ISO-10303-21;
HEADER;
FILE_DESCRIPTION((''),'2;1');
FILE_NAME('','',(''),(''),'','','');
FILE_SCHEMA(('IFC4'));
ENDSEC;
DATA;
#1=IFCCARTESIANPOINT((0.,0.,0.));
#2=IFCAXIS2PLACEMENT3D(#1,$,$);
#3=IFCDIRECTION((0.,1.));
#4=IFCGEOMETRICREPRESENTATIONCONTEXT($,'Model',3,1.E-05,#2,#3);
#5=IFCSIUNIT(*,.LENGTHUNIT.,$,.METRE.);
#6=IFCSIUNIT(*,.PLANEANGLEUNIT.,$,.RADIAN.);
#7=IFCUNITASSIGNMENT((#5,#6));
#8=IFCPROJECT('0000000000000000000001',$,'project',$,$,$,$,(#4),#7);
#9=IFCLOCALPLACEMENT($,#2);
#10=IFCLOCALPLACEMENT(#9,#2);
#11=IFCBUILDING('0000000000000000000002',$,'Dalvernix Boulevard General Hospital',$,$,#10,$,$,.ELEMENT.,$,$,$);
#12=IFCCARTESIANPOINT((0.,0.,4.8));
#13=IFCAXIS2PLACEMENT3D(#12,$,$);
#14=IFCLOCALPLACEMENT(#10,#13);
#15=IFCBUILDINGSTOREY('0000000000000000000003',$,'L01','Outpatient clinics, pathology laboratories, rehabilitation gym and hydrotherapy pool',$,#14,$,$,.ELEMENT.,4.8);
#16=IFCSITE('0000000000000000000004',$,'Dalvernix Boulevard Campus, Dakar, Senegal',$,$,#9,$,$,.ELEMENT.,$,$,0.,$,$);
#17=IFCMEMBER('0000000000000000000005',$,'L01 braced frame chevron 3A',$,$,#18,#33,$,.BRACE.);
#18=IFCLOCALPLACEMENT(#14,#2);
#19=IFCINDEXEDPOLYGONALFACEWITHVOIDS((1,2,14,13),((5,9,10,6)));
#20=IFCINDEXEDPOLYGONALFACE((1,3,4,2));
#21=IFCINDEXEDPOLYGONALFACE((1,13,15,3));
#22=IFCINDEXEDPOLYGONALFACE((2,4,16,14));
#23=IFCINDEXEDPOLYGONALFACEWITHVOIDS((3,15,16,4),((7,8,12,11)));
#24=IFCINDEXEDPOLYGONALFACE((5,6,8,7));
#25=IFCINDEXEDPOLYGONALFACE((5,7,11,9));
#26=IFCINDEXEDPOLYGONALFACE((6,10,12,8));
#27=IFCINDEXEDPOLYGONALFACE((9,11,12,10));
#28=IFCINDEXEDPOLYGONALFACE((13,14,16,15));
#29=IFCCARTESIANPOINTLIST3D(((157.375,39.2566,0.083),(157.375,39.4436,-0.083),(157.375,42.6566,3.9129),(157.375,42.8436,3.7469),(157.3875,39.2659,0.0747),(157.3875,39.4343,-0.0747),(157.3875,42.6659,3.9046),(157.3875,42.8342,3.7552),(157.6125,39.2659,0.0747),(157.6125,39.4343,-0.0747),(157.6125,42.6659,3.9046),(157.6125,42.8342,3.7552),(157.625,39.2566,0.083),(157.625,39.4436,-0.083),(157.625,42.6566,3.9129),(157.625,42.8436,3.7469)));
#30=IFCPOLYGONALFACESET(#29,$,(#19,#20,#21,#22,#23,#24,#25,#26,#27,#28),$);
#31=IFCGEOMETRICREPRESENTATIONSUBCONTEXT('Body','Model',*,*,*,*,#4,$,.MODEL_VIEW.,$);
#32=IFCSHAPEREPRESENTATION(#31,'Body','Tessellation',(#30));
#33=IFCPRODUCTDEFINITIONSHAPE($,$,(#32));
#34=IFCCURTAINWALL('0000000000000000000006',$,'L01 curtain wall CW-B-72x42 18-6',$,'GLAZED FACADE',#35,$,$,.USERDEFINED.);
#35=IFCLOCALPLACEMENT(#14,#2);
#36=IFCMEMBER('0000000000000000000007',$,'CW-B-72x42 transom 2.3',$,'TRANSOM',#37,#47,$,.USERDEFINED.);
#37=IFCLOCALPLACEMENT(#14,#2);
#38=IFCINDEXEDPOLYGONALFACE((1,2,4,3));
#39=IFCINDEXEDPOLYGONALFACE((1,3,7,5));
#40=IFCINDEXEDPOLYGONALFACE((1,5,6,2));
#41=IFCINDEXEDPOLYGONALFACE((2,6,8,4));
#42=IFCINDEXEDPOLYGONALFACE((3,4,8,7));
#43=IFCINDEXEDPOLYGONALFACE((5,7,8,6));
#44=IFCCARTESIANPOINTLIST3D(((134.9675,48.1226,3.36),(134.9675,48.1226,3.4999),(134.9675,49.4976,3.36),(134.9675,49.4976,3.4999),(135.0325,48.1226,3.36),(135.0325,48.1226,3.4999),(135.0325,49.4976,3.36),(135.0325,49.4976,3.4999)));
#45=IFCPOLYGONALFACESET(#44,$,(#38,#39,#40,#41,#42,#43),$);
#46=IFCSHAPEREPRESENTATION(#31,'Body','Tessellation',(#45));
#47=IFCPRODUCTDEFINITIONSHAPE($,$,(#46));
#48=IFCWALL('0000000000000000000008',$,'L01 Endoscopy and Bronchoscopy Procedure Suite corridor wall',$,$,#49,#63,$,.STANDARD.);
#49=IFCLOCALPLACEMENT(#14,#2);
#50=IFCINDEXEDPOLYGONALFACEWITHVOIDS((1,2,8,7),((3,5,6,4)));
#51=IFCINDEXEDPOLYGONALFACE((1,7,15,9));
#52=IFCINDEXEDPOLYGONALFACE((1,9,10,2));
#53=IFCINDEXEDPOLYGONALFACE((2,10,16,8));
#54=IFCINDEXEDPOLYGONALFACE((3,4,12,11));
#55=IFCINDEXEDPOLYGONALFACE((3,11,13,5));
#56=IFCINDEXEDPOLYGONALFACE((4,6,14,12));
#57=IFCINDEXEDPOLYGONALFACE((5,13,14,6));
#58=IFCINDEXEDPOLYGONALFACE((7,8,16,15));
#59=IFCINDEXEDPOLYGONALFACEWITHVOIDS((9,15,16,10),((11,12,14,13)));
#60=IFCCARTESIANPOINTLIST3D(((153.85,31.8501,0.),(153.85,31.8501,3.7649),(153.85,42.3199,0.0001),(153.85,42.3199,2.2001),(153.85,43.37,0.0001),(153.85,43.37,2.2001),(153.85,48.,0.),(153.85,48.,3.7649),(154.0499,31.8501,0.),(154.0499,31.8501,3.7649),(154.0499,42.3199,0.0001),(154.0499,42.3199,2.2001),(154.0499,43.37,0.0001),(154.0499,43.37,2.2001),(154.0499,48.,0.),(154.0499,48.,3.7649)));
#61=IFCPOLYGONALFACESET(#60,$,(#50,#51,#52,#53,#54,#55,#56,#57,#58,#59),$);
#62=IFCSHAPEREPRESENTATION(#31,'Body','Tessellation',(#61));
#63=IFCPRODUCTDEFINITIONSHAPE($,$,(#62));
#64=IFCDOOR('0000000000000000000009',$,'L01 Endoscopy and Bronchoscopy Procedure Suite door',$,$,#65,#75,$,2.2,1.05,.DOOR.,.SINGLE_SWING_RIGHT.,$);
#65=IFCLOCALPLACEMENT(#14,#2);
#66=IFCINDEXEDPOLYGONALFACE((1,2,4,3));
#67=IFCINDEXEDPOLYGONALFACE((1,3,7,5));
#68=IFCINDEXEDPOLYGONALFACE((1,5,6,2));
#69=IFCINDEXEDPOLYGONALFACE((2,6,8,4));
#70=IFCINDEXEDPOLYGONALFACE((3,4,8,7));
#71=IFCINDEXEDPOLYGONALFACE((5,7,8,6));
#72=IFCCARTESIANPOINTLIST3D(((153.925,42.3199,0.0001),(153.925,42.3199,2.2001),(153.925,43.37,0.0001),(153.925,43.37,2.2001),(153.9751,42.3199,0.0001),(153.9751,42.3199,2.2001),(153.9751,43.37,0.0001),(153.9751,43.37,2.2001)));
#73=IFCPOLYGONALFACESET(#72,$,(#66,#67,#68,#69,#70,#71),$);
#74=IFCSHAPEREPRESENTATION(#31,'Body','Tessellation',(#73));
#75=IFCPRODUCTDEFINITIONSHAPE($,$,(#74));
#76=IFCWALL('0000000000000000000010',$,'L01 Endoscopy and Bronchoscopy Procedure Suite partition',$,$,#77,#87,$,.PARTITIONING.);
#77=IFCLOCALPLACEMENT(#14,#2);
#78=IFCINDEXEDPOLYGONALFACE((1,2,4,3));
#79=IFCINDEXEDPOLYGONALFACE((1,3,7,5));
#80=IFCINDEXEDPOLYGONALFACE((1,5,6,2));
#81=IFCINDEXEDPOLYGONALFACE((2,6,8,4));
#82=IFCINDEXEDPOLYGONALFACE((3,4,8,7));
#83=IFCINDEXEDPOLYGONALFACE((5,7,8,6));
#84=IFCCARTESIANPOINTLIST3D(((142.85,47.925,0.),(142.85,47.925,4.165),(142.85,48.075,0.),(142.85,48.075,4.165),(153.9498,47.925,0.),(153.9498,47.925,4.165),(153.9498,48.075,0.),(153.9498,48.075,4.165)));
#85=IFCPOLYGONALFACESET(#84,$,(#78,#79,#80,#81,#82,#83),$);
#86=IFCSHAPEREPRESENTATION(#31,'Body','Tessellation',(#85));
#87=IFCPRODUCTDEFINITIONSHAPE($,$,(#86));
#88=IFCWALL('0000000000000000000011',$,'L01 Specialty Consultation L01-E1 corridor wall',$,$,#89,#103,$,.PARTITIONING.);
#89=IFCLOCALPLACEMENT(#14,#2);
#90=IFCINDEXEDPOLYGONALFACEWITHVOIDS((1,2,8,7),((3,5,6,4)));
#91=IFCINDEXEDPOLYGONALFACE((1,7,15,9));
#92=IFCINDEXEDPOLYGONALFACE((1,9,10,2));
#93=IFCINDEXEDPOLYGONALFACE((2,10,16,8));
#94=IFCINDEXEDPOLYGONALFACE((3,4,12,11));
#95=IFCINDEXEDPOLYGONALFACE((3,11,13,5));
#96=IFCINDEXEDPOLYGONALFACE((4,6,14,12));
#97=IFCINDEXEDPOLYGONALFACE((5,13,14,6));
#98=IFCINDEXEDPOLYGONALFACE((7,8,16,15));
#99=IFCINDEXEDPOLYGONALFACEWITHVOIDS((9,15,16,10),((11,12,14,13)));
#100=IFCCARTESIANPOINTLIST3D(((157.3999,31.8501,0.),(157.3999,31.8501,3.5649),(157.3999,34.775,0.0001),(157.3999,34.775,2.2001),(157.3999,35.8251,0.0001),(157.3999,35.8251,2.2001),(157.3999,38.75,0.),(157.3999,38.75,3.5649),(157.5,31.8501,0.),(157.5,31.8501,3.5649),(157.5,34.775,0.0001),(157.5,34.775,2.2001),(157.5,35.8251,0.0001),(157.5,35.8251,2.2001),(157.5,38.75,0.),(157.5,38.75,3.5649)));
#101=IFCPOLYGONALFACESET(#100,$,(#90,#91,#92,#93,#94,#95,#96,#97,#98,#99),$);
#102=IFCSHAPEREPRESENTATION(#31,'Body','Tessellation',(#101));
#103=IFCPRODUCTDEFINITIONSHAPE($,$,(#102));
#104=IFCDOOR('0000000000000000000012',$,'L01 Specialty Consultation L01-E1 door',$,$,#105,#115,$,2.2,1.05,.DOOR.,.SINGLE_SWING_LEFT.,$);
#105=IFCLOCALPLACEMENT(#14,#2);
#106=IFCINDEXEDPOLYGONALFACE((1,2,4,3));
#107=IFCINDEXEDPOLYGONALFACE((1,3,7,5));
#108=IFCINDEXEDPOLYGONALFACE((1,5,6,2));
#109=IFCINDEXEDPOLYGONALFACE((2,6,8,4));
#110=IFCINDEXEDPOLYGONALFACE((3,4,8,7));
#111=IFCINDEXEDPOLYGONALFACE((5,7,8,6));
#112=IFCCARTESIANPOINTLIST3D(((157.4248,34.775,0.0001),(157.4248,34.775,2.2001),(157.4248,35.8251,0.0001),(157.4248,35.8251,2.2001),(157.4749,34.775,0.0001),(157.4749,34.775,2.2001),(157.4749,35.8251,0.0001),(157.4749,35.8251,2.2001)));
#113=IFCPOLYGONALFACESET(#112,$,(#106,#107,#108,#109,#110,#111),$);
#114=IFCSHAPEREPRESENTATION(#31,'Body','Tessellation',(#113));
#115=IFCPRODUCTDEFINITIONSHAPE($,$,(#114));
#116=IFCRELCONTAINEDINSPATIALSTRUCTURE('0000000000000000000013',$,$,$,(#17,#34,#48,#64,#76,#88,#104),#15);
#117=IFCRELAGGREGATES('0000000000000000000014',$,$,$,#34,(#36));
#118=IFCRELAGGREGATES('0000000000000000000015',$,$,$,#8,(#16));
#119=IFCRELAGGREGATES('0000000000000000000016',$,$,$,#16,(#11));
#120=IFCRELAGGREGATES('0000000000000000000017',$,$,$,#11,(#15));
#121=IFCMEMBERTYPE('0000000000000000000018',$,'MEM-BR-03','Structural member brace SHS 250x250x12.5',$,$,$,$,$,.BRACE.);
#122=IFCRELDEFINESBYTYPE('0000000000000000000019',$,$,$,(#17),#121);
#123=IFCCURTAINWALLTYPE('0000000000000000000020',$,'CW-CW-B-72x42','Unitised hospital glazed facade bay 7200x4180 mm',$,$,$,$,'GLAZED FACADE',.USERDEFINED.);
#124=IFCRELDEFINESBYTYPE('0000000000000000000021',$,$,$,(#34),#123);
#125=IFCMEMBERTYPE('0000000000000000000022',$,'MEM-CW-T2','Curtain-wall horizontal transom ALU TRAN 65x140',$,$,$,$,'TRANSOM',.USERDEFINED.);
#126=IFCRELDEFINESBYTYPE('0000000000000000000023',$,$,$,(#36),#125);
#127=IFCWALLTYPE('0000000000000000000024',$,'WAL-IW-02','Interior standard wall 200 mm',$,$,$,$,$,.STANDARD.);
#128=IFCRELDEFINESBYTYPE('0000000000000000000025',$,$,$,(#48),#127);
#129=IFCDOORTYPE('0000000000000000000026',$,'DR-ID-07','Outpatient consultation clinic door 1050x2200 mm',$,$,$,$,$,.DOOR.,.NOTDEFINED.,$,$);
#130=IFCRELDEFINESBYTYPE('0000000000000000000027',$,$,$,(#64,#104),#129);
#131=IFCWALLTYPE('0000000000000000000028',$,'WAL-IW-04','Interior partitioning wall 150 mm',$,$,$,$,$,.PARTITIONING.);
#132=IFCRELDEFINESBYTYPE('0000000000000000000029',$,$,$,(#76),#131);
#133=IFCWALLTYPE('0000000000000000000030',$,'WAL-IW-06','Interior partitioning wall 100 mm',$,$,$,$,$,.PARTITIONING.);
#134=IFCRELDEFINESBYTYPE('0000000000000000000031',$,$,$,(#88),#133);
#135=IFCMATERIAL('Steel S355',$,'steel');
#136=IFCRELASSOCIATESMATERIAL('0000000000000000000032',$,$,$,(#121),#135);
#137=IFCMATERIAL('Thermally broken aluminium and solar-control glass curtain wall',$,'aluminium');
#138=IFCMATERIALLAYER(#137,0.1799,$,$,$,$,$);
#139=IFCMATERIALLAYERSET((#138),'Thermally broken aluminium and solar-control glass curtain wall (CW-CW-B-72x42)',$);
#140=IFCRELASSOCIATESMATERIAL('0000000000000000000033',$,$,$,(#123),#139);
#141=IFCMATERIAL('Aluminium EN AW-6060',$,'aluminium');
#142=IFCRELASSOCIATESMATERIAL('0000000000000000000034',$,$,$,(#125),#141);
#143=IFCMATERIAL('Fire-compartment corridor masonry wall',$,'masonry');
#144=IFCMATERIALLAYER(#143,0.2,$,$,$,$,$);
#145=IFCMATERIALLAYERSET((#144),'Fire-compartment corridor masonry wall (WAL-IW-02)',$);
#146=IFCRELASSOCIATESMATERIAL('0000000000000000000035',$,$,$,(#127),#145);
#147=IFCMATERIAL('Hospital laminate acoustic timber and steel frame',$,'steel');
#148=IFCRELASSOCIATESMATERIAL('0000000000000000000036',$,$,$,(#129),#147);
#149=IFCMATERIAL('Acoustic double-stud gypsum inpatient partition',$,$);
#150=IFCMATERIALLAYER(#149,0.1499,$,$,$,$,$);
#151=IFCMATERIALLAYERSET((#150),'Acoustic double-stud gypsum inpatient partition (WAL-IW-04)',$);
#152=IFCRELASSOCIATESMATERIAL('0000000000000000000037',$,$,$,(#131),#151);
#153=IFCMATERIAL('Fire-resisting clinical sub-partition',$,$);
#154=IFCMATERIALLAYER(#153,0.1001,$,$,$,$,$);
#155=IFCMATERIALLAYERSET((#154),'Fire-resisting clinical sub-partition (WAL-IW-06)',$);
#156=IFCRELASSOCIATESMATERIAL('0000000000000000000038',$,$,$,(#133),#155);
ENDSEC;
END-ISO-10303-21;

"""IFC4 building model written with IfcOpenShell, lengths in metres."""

from ifc_helpers import new_model, si_unit, direction, frame, frame_2d, origin, origin_2d, place, context, subcontext, project, spatial, rectangle, hollow_rectangle, extrude, material, layer, layer_set, material_profile, profile_set, type_object, element, fill, aggregate, save


model = new_model("IFC4")

# Units and contexts
model_context = context("Model", 3, precision=1e-05, world=origin(), true_north=direction((0.0, 1.0)))
body_context = subcontext(model_context, "Body", "Model", "MODEL_VIEW")
ifc_project = project(units=[si_unit("LENGTHUNIT", "METRE"), si_unit("PLANEANGLEUNIT", "RADIAN")], contexts=[model_context])

# Site, building, storey
site_placement = place(None, origin())
site = spatial("IfcSite", under=ifc_project, at=site_placement, Name="Dalvernix Boulevard Campus, Dakar, Senegal", CompositionType="ELEMENT", RefElevation=0.0)
building_placement = place(site_placement, origin())
building = spatial("IfcBuilding", under=site, at=building_placement, Name="Dalvernix Boulevard General Hospital", CompositionType="ELEMENT")
storey_placement = place(building_placement, frame((0.0, 0.0, 4.8)))
storey = spatial("IfcBuildingStorey", under=building, at=storey_placement, Name="L01", Description="Outpatient clinics, pathology laboratories, rehabilitation gym and hydrotherapy pool", CompositionType="ELEMENT", Elevation=4.8)

# Member
ifc_material_1 = material(Name="Steel S355", Category="steel")
ifc_material_profile_1 = material_profile(ifc_material_1, hollow_rectangle(XDim=0.25, YDim=0.25, WallThickness=0.0125, at=origin_2d()), Name="SHS 250x250x12.5")
ifc_profile_set_1 = profile_set([ifc_material_profile_1], Name="Steel S355")
member_type_1 = type_object("IfcMemberType", Name="MEM-BR-03", Description="Structural member brace SHS 250x250x12.5", PredefinedType="BRACE", material=ifc_profile_set_1)
member_1_placement = place(storey_placement, frame((157.5, 39.3501, 0.0), z_axis=(0.0, 0.663884, 0.747835), x_axis=(-1.0, 0.0, 0.0)))
element("IfcMember", 1, at=member_1_placement, inside=storey, type_object=member_type_1, Name="L01 braced frame chevron 3A", PredefinedType="BRACE", context=body_context, shape_type="SweptSolid", body=[
    extrude(hollow_rectangle(XDim=0.25, YDim=0.25, WallThickness=0.0125, at=origin_2d()), origin(), (0.0, 0.0, 1.0), 5.1213),
])

# Curtain wall, member
ifc_material_2 = material(Name="Thermally broken aluminium and solar-control glass curtain wall", Category="aluminium")
ifc_layer_1 = layer(ifc_material_2, 0.1799)
ifc_layer_set_1 = layer_set([ifc_layer_1], Name="Thermally broken aluminium and solar-control glass curtain wall (CW-CW-B-72x42)")
curtain_wall_type = type_object("IfcCurtainWallType", Name="CW-CW-B-72x42", Description="Unitised hospital glazed facade bay 7200x4180 mm", ElementType="GLAZED FACADE", PredefinedType="USERDEFINED", material=ifc_layer_set_1)
curtain_wall_placement = place(storey_placement, origin())
curtain_wall = element("IfcCurtainWall", 2, at=curtain_wall_placement, inside=storey, type_object=curtain_wall_type, Name="L01 curtain wall CW-B-72x42 18-6", ObjectType="GLAZED FACADE", PredefinedType="USERDEFINED")
ifc_material_3 = material(Name="Aluminium EN AW-6060", Category="aluminium")
ifc_material_profile_2 = material_profile(ifc_material_3, rectangle(XDim=0.0649, YDim=0.1399, at=origin_2d()), Name="ALU TRAN 65x140")
ifc_profile_set_2 = profile_set([ifc_material_profile_2], Name="Aluminium EN AW-6060")
member_type_2 = type_object("IfcMemberType", Name="MEM-CW-T2", Description="Curtain-wall horizontal transom ALU TRAN 65x140", ElementType="TRANSOM", PredefinedType="USERDEFINED", material=ifc_profile_set_2)
member_2_placement = place(storey_placement, frame((135.0, 48.1226, 3.4299), z_axis=(0.0, 1.0, 0.0), x_axis=(-1.0, 0.0, 0.0)))
member_2 = element("IfcMember", 3, at=member_2_placement, type_object=member_type_2, Name="CW-B-72x42 transom 2.3", ObjectType="TRANSOM", PredefinedType="USERDEFINED", context=body_context, shape_type="SweptSolid", body=[
    extrude(rectangle(XDim=0.0649, YDim=0.1399, at=origin_2d()), origin(), (0.0, 0.0, 1.0), 1.375),
])
aggregate(curtain_wall, [member_2])

# Wall, opening, door
ifc_material_4 = material(Name="Fire-compartment corridor masonry wall", Category="masonry")
ifc_layer_2 = layer(ifc_material_4, 0.2)
ifc_layer_set_2 = layer_set([ifc_layer_2], Name="Fire-compartment corridor masonry wall (WAL-IW-02)")
wall_type_1 = type_object("IfcWallType", Name="WAL-IW-02", Description="Interior standard wall 200 mm", PredefinedType="STANDARD", material=ifc_layer_set_2)
wall_1_placement = place(storey_placement, frame((153.95, 31.8501, 0.0), z_axis=(0.0, 0.0, 1.0), x_axis=(0.0, 1.0, 0.0)))
wall_1 = element("IfcWall", 4, at=wall_1_placement, inside=storey, type_object=wall_type_1, Name="L01 Endoscopy and Bronchoscopy Procedure Suite corridor wall", PredefinedType="STANDARD", context=body_context, shape_type="SweptSolid", body=[
    extrude(rectangle(XDim=16.1499, YDim=0.2, at=frame_2d((8.075, 0.0))), origin(), (0.0, 0.0, 1.0), 3.7649),
])
opening_1_placement = place(wall_1_placement, frame((10.47, 0.0, 0.0)))
opening_1 = element("IfcOpeningElement", 5, at=opening_1_placement, cuts=wall_1, PredefinedType="OPENING", context=body_context, shape_type="SweptSolid", body=[
    extrude(rectangle(XDim=1.05, YDim=2.2, at=frame_2d((0.5249, 1.1001))), frame((0.0, 0.1099, 0.0), z_axis=(0.0, -1.0, 0.0), x_axis=(1.0, 0.0, 0.0)), (0.0, 0.0, 1.0), 0.22),
])
ifc_material_5 = material(Name="Hospital laminate acoustic timber and steel frame", Category="steel")
door_type = type_object("IfcDoorType", Name="DR-ID-07", Description="Outpatient consultation clinic door 1050x2200 mm", OperationType="NOTDEFINED", PredefinedType="DOOR", material=ifc_material_5)
door_1_placement = place(opening_1_placement, origin())
door_1 = element("IfcDoor", 6, at=door_1_placement, inside=storey, type_object=door_type, Name="L01 Endoscopy and Bronchoscopy Procedure Suite door", OperationType="SINGLE_SWING_RIGHT", OverallHeight=2.2, OverallWidth=1.05, PredefinedType="DOOR", context=body_context, shape_type="SweptSolid", body=[
    extrude(rectangle(XDim=1.05, YDim=2.2, at=frame_2d((0.5249, 1.1001))), frame((0.0, 0.0249, 0.0), z_axis=(0.0, -1.0, 0.0), x_axis=(1.0, 0.0, 0.0)), (0.0, 0.0, 1.0), 0.05),
])
fill(opening_1, door_1)

# Wall
ifc_material_6 = material(Name="Acoustic double-stud gypsum inpatient partition")
ifc_layer_3 = layer(ifc_material_6, 0.1499)
ifc_layer_set_3 = layer_set([ifc_layer_3], Name="Acoustic double-stud gypsum inpatient partition (WAL-IW-04)")
wall_type_2 = type_object("IfcWallType", Name="WAL-IW-04", Description="Interior partitioning wall 150 mm", PredefinedType="PARTITIONING", material=ifc_layer_set_3)
wall_2_placement = place(storey_placement, frame((142.8501, 48.0, 0.0), z_axis=(0.0, 0.0, 1.0), x_axis=(1.0, 0.0, 0.0)))
element("IfcWall", 7, at=wall_2_placement, inside=storey, type_object=wall_type_2, Name="L01 Endoscopy and Bronchoscopy Procedure Suite partition", PredefinedType="PARTITIONING", context=body_context, shape_type="SweptSolid", body=[
    extrude(rectangle(XDim=11.0999, YDim=0.1499, at=frame_2d((5.5498, 0.0))), origin(), (0.0, 0.0, 1.0), 4.165),
])

# Wall, opening, door
ifc_material_7 = material(Name="Fire-resisting clinical sub-partition")
ifc_layer_4 = layer(ifc_material_7, 0.1001)
ifc_layer_set_4 = layer_set([ifc_layer_4], Name="Fire-resisting clinical sub-partition (WAL-IW-06)")
wall_type_3 = type_object("IfcWallType", Name="WAL-IW-06", Description="Interior partitioning wall 100 mm", PredefinedType="PARTITIONING", material=ifc_layer_set_4)
wall_3_placement = place(storey_placement, frame((157.45, 38.75, 0.0), z_axis=(0.0, 0.0, 1.0), x_axis=(0.0, -1.0, 0.0)))
wall_3 = element("IfcWall", 8, at=wall_3_placement, inside=storey, type_object=wall_type_3, Name="L01 Specialty Consultation L01-E1 corridor wall", PredefinedType="PARTITIONING", context=body_context, shape_type="SweptSolid", body=[
    extrude(rectangle(XDim=6.8999, YDim=0.1001, at=frame_2d((3.45, 0.0))), origin(), (0.0, 0.0, 1.0), 3.5649),
])
opening_2_placement = place(wall_3_placement, frame((2.925, 0.0, 0.0)))
opening_2 = element("IfcOpeningElement", 9, at=opening_2_placement, cuts=wall_3, PredefinedType="OPENING", context=body_context, shape_type="SweptSolid", body=[
    extrude(rectangle(XDim=1.05, YDim=2.2, at=frame_2d((0.5249, 1.1001))), frame((0.0, 0.0601, 0.0), z_axis=(0.0, -1.0, 0.0), x_axis=(1.0, 0.0, 0.0)), (0.0, 0.0, 1.0), 0.1201),
])
door_2_placement = place(opening_2_placement, origin())
door_2 = element("IfcDoor", 10, at=door_2_placement, inside=storey, type_object=door_type, Name="L01 Specialty Consultation L01-E1 door", OperationType="SINGLE_SWING_LEFT", OverallHeight=2.2, OverallWidth=1.05, PredefinedType="DOOR", context=body_context, shape_type="SweptSolid", body=[
    extrude(rectangle(XDim=1.05, YDim=2.2, at=frame_2d((0.5249, 1.1001))), frame((0.0, 0.0249, 0.0), z_axis=(0.0, -1.0, 0.0), x_axis=(1.0, 0.0, 0.0)), (0.0, 0.0, 1.0), 0.05),
])
fill(opening_2, door_2)

save(model, "model.ifc")
